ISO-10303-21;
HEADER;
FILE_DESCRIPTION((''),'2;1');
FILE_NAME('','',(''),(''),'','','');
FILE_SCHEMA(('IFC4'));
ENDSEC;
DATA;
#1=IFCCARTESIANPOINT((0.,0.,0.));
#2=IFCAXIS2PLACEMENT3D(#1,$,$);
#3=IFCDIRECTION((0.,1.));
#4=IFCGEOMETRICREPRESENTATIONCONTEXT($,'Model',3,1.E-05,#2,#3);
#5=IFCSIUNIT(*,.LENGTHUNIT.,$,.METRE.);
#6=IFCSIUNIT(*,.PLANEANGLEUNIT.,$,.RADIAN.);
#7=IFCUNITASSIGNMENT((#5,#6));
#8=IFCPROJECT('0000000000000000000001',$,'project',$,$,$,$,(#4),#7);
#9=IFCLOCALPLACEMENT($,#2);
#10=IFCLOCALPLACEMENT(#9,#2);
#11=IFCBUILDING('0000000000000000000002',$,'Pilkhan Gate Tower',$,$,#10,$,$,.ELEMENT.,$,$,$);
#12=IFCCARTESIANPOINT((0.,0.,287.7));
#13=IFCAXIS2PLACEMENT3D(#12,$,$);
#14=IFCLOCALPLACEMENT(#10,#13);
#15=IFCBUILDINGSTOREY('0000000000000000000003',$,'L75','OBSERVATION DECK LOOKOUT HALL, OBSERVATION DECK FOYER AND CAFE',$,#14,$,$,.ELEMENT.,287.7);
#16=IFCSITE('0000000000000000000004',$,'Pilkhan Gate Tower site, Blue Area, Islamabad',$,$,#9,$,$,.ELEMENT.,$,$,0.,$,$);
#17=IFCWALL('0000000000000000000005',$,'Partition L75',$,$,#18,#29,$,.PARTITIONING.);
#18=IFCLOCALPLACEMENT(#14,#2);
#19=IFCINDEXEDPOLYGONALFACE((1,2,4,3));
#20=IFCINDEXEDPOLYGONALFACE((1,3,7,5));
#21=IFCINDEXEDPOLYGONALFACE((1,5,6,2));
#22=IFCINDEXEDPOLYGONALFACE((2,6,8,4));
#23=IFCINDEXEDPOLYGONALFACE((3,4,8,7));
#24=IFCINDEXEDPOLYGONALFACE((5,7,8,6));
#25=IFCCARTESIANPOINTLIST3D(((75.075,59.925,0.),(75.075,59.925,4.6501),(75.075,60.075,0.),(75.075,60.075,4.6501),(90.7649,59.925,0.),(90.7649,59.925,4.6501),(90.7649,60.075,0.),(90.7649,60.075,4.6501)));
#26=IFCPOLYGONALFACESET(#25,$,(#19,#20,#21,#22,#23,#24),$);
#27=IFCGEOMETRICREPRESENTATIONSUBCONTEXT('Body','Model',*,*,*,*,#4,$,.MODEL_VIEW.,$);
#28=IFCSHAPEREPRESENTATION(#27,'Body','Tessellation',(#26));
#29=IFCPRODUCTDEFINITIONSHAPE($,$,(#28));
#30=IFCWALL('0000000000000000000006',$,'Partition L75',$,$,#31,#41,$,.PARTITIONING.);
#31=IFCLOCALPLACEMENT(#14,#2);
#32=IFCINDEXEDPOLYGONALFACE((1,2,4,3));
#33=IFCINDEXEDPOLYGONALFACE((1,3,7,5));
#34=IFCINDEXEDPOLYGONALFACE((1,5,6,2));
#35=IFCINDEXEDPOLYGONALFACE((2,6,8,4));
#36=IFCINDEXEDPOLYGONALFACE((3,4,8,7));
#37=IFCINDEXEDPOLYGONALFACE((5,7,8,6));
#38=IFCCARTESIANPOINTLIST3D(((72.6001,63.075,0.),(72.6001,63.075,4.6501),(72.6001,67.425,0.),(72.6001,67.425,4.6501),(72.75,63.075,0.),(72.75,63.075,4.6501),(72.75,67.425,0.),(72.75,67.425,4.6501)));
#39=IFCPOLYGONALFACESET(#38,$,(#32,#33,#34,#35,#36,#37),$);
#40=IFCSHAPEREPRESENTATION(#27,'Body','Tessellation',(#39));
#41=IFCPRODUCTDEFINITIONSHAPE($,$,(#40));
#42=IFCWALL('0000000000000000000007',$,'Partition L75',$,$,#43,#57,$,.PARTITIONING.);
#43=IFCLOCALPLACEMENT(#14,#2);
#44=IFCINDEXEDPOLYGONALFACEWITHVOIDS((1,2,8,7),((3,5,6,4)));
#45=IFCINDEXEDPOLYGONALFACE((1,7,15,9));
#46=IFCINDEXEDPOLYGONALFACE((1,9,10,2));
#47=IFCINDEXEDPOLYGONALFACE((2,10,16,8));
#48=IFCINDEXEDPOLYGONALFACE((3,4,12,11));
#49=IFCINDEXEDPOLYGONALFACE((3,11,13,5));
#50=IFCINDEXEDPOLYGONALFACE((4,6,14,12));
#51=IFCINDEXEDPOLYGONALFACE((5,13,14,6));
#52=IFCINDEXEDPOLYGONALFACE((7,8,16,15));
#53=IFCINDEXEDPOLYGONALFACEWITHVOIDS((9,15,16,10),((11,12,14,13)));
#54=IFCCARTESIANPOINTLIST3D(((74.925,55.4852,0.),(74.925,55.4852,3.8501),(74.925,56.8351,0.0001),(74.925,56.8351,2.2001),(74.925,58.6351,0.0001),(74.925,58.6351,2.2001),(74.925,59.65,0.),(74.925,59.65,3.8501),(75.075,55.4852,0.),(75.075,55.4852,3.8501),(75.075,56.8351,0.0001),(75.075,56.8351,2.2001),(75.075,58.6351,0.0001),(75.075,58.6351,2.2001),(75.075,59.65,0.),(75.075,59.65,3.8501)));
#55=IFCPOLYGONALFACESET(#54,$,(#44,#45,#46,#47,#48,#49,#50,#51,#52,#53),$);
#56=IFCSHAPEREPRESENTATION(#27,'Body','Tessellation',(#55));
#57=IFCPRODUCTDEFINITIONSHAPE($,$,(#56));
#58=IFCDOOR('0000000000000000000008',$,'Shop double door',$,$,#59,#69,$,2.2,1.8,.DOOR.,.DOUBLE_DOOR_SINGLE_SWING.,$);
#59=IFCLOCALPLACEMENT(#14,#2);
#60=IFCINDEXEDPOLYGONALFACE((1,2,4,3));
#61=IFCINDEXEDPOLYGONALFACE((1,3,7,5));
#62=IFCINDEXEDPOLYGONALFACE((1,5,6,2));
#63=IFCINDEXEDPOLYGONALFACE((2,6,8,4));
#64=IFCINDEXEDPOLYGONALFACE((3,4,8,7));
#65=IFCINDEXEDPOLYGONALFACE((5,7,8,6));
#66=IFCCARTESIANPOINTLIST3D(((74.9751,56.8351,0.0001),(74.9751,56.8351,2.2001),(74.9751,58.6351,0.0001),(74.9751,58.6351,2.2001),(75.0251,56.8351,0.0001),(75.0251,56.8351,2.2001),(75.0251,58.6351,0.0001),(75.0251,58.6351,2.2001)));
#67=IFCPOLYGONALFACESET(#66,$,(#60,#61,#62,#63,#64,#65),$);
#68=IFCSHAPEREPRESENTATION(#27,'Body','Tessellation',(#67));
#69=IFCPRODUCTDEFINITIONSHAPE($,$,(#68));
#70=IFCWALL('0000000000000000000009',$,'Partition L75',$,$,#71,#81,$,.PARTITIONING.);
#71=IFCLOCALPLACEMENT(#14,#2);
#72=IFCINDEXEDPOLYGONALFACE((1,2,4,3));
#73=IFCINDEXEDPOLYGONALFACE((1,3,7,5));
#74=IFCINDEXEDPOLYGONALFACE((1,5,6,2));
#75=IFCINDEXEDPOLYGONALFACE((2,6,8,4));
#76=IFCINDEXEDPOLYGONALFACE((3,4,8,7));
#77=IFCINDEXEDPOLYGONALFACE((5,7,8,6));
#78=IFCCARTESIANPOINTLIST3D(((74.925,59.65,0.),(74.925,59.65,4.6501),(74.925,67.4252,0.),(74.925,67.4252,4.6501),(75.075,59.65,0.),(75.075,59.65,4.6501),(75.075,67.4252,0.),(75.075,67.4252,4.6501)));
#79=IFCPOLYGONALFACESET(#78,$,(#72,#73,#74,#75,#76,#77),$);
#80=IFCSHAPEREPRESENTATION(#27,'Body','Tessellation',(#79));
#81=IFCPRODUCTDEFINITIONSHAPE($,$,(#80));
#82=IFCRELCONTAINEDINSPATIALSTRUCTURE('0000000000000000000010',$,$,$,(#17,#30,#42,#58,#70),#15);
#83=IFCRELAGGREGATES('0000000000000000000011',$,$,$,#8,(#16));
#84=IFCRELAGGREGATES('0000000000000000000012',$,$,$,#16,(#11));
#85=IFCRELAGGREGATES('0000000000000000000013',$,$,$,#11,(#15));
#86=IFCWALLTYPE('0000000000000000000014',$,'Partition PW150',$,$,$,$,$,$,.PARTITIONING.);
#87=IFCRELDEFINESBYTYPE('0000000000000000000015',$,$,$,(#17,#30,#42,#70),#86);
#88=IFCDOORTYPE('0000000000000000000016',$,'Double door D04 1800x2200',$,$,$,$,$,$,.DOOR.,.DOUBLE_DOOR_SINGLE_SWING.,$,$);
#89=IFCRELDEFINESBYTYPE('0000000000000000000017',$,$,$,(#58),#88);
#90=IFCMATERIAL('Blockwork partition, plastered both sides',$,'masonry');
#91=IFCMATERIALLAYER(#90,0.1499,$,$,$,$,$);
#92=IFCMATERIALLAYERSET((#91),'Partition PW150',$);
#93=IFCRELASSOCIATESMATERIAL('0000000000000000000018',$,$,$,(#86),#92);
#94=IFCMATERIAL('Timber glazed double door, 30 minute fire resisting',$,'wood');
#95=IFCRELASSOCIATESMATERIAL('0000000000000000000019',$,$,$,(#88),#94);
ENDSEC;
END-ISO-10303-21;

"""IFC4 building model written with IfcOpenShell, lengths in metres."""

from ifc_helpers import new_model, si_unit, direction, frame, frame_2d, origin, place, context, subcontext, project, spatial, rectangle, extrude, material, layer, layer_set, type_object, element, fill, save


model = new_model("IFC4")

# Units and contexts
model_context = context("Model", 3, precision=1e-05, world=origin(), true_north=direction((0.0, 1.0)))
body_context = subcontext(model_context, "Body", "Model", "MODEL_VIEW")
ifc_project = project(units=[si_unit("LENGTHUNIT", "METRE"), si_unit("PLANEANGLEUNIT", "RADIAN")], contexts=[model_context])

# Site, building, storey
site_placement = place(None, origin())
site = spatial("IfcSite", under=ifc_project, at=site_placement, Name="Pilkhan Gate Tower site, Blue Area, Islamabad", CompositionType="ELEMENT", RefElevation=0.0)
building_placement = place(site_placement, origin())
building = spatial("IfcBuilding", under=site, at=building_placement, Name="Pilkhan Gate Tower", CompositionType="ELEMENT")
storey_placement = place(building_placement, frame((0.0, 0.0, 287.7)))
storey = spatial("IfcBuildingStorey", under=building, at=storey_placement, Name="L75", Description="OBSERVATION DECK LOOKOUT HALL, OBSERVATION DECK FOYER AND CAFE", CompositionType="ELEMENT", Elevation=287.7)

# Walls
ifc_material_1 = material(Name="Blockwork partition, plastered both sides", Category="masonry")
ifc_layer_1 = layer(ifc_material_1, 0.1499)
ifc_layer_set_1 = layer_set([ifc_layer_1], Name="Partition PW150")
wall_type = type_object("IfcWallType", Name="Partition PW150", PredefinedType="PARTITIONING", material=ifc_layer_set_1)
wall_1_placement = place(storey_placement, frame((75.075, 60.0, 0.0), z_axis=(0.0, 0.0, 1.0), x_axis=(1.0, 0.0, 0.0)))
element("IfcWall", 1, at=wall_1_placement, inside=storey, type_object=wall_type, Name="Partition L75", PredefinedType="PARTITIONING", context=body_context, shape_type="SweptSolid", body=[
    extrude(rectangle(XDim=15.6899, YDim=0.1499, at=frame_2d((7.845, 0.0))), origin(), (0.0, 0.0, 1.0), 4.6501),
])
wall_2_placement = place(storey_placement, frame((72.675, 63.075, 0.0), z_axis=(0.0, 0.0, 1.0), x_axis=(0.0, 1.0, 0.0)))
element("IfcWall", 2, at=wall_2_placement, inside=storey, type_object=wall_type, Name="Partition L75", PredefinedType="PARTITIONING", context=body_context, shape_type="SweptSolid", body=[
    extrude(rectangle(XDim=4.3501, YDim=0.1499, at=frame_2d((2.175, 0.0))), origin(), (0.0, 0.0, 1.0), 4.6501),
])

# Wall, opening, door
wall_3_placement = place(storey_placement, frame((75.0, 55.4851, 0.0), z_axis=(0.0, 0.0, 1.0), x_axis=(0.0, 1.0, 0.0)))
wall_3 = element("IfcWall", 3, at=wall_3_placement, inside=storey, type_object=wall_type, Name="Partition L75", PredefinedType="PARTITIONING", context=body_context, shape_type="SweptSolid", body=[
    extrude(rectangle(XDim=4.1648, YDim=0.1499, at=frame_2d((2.0825, 0.0))), origin(), (0.0, 0.0, 1.0), 3.8501),
])
opening_placement = place(wall_3_placement, frame((1.3501, 0.0, 0.0)))
opening = element("IfcOpeningElement", 4, at=opening_placement, cuts=wall_3, PredefinedType="OPENING", context=body_context, shape_type="SweptSolid", body=[
    extrude(rectangle(XDim=1.8, YDim=2.2, at=frame_2d((0.8999, 1.1001))), frame((0.0, 0.085, 0.0), z_axis=(0.0, -1.0, 0.0), x_axis=(1.0, 0.0, 0.0)), (0.0, 0.0, 1.0), 0.1699),
])
ifc_material_2 = material(Name="Timber glazed double door, 30 minute fire resisting", Category="wood")
door_type = type_object("IfcDoorType", Name="Double door D04 1800x2200", OperationType="DOUBLE_DOOR_SINGLE_SWING", PredefinedType="DOOR", material=ifc_material_2)
door_placement = place(opening_placement, origin())
door = element("IfcDoor", 5, at=door_placement, inside=storey, type_object=door_type, Name="Shop double door", OperationType="DOUBLE_DOOR_SINGLE_SWING", OverallHeight=2.2, OverallWidth=1.8, PredefinedType="DOOR", context=body_context, shape_type="SweptSolid", body=[
    extrude(rectangle(XDim=1.8, YDim=2.2, at=frame_2d((0.8999, 1.1001))), frame((0.0, 0.0249, 0.0), z_axis=(0.0, -1.0, 0.0), x_axis=(1.0, 0.0, 0.0)), (0.0, 0.0, 1.0), 0.05),
])
fill(opening, door)

# Wall
wall_4_placement = place(storey_placement, frame((75.0, 59.6499, 0.0), z_axis=(0.0, 0.0, 1.0), x_axis=(0.0, 1.0, 0.0)))
element("IfcWall", 6, at=wall_4_placement, inside=storey, type_object=wall_type, Name="Partition L75", PredefinedType="PARTITIONING", context=body_context, shape_type="SweptSolid", body=[
    extrude(rectangle(XDim=7.7751, YDim=0.1499, at=frame_2d((3.8877, 0.0))), origin(), (0.0, 0.0, 1.0), 4.6501),
])

save(model, "model.ifc")
